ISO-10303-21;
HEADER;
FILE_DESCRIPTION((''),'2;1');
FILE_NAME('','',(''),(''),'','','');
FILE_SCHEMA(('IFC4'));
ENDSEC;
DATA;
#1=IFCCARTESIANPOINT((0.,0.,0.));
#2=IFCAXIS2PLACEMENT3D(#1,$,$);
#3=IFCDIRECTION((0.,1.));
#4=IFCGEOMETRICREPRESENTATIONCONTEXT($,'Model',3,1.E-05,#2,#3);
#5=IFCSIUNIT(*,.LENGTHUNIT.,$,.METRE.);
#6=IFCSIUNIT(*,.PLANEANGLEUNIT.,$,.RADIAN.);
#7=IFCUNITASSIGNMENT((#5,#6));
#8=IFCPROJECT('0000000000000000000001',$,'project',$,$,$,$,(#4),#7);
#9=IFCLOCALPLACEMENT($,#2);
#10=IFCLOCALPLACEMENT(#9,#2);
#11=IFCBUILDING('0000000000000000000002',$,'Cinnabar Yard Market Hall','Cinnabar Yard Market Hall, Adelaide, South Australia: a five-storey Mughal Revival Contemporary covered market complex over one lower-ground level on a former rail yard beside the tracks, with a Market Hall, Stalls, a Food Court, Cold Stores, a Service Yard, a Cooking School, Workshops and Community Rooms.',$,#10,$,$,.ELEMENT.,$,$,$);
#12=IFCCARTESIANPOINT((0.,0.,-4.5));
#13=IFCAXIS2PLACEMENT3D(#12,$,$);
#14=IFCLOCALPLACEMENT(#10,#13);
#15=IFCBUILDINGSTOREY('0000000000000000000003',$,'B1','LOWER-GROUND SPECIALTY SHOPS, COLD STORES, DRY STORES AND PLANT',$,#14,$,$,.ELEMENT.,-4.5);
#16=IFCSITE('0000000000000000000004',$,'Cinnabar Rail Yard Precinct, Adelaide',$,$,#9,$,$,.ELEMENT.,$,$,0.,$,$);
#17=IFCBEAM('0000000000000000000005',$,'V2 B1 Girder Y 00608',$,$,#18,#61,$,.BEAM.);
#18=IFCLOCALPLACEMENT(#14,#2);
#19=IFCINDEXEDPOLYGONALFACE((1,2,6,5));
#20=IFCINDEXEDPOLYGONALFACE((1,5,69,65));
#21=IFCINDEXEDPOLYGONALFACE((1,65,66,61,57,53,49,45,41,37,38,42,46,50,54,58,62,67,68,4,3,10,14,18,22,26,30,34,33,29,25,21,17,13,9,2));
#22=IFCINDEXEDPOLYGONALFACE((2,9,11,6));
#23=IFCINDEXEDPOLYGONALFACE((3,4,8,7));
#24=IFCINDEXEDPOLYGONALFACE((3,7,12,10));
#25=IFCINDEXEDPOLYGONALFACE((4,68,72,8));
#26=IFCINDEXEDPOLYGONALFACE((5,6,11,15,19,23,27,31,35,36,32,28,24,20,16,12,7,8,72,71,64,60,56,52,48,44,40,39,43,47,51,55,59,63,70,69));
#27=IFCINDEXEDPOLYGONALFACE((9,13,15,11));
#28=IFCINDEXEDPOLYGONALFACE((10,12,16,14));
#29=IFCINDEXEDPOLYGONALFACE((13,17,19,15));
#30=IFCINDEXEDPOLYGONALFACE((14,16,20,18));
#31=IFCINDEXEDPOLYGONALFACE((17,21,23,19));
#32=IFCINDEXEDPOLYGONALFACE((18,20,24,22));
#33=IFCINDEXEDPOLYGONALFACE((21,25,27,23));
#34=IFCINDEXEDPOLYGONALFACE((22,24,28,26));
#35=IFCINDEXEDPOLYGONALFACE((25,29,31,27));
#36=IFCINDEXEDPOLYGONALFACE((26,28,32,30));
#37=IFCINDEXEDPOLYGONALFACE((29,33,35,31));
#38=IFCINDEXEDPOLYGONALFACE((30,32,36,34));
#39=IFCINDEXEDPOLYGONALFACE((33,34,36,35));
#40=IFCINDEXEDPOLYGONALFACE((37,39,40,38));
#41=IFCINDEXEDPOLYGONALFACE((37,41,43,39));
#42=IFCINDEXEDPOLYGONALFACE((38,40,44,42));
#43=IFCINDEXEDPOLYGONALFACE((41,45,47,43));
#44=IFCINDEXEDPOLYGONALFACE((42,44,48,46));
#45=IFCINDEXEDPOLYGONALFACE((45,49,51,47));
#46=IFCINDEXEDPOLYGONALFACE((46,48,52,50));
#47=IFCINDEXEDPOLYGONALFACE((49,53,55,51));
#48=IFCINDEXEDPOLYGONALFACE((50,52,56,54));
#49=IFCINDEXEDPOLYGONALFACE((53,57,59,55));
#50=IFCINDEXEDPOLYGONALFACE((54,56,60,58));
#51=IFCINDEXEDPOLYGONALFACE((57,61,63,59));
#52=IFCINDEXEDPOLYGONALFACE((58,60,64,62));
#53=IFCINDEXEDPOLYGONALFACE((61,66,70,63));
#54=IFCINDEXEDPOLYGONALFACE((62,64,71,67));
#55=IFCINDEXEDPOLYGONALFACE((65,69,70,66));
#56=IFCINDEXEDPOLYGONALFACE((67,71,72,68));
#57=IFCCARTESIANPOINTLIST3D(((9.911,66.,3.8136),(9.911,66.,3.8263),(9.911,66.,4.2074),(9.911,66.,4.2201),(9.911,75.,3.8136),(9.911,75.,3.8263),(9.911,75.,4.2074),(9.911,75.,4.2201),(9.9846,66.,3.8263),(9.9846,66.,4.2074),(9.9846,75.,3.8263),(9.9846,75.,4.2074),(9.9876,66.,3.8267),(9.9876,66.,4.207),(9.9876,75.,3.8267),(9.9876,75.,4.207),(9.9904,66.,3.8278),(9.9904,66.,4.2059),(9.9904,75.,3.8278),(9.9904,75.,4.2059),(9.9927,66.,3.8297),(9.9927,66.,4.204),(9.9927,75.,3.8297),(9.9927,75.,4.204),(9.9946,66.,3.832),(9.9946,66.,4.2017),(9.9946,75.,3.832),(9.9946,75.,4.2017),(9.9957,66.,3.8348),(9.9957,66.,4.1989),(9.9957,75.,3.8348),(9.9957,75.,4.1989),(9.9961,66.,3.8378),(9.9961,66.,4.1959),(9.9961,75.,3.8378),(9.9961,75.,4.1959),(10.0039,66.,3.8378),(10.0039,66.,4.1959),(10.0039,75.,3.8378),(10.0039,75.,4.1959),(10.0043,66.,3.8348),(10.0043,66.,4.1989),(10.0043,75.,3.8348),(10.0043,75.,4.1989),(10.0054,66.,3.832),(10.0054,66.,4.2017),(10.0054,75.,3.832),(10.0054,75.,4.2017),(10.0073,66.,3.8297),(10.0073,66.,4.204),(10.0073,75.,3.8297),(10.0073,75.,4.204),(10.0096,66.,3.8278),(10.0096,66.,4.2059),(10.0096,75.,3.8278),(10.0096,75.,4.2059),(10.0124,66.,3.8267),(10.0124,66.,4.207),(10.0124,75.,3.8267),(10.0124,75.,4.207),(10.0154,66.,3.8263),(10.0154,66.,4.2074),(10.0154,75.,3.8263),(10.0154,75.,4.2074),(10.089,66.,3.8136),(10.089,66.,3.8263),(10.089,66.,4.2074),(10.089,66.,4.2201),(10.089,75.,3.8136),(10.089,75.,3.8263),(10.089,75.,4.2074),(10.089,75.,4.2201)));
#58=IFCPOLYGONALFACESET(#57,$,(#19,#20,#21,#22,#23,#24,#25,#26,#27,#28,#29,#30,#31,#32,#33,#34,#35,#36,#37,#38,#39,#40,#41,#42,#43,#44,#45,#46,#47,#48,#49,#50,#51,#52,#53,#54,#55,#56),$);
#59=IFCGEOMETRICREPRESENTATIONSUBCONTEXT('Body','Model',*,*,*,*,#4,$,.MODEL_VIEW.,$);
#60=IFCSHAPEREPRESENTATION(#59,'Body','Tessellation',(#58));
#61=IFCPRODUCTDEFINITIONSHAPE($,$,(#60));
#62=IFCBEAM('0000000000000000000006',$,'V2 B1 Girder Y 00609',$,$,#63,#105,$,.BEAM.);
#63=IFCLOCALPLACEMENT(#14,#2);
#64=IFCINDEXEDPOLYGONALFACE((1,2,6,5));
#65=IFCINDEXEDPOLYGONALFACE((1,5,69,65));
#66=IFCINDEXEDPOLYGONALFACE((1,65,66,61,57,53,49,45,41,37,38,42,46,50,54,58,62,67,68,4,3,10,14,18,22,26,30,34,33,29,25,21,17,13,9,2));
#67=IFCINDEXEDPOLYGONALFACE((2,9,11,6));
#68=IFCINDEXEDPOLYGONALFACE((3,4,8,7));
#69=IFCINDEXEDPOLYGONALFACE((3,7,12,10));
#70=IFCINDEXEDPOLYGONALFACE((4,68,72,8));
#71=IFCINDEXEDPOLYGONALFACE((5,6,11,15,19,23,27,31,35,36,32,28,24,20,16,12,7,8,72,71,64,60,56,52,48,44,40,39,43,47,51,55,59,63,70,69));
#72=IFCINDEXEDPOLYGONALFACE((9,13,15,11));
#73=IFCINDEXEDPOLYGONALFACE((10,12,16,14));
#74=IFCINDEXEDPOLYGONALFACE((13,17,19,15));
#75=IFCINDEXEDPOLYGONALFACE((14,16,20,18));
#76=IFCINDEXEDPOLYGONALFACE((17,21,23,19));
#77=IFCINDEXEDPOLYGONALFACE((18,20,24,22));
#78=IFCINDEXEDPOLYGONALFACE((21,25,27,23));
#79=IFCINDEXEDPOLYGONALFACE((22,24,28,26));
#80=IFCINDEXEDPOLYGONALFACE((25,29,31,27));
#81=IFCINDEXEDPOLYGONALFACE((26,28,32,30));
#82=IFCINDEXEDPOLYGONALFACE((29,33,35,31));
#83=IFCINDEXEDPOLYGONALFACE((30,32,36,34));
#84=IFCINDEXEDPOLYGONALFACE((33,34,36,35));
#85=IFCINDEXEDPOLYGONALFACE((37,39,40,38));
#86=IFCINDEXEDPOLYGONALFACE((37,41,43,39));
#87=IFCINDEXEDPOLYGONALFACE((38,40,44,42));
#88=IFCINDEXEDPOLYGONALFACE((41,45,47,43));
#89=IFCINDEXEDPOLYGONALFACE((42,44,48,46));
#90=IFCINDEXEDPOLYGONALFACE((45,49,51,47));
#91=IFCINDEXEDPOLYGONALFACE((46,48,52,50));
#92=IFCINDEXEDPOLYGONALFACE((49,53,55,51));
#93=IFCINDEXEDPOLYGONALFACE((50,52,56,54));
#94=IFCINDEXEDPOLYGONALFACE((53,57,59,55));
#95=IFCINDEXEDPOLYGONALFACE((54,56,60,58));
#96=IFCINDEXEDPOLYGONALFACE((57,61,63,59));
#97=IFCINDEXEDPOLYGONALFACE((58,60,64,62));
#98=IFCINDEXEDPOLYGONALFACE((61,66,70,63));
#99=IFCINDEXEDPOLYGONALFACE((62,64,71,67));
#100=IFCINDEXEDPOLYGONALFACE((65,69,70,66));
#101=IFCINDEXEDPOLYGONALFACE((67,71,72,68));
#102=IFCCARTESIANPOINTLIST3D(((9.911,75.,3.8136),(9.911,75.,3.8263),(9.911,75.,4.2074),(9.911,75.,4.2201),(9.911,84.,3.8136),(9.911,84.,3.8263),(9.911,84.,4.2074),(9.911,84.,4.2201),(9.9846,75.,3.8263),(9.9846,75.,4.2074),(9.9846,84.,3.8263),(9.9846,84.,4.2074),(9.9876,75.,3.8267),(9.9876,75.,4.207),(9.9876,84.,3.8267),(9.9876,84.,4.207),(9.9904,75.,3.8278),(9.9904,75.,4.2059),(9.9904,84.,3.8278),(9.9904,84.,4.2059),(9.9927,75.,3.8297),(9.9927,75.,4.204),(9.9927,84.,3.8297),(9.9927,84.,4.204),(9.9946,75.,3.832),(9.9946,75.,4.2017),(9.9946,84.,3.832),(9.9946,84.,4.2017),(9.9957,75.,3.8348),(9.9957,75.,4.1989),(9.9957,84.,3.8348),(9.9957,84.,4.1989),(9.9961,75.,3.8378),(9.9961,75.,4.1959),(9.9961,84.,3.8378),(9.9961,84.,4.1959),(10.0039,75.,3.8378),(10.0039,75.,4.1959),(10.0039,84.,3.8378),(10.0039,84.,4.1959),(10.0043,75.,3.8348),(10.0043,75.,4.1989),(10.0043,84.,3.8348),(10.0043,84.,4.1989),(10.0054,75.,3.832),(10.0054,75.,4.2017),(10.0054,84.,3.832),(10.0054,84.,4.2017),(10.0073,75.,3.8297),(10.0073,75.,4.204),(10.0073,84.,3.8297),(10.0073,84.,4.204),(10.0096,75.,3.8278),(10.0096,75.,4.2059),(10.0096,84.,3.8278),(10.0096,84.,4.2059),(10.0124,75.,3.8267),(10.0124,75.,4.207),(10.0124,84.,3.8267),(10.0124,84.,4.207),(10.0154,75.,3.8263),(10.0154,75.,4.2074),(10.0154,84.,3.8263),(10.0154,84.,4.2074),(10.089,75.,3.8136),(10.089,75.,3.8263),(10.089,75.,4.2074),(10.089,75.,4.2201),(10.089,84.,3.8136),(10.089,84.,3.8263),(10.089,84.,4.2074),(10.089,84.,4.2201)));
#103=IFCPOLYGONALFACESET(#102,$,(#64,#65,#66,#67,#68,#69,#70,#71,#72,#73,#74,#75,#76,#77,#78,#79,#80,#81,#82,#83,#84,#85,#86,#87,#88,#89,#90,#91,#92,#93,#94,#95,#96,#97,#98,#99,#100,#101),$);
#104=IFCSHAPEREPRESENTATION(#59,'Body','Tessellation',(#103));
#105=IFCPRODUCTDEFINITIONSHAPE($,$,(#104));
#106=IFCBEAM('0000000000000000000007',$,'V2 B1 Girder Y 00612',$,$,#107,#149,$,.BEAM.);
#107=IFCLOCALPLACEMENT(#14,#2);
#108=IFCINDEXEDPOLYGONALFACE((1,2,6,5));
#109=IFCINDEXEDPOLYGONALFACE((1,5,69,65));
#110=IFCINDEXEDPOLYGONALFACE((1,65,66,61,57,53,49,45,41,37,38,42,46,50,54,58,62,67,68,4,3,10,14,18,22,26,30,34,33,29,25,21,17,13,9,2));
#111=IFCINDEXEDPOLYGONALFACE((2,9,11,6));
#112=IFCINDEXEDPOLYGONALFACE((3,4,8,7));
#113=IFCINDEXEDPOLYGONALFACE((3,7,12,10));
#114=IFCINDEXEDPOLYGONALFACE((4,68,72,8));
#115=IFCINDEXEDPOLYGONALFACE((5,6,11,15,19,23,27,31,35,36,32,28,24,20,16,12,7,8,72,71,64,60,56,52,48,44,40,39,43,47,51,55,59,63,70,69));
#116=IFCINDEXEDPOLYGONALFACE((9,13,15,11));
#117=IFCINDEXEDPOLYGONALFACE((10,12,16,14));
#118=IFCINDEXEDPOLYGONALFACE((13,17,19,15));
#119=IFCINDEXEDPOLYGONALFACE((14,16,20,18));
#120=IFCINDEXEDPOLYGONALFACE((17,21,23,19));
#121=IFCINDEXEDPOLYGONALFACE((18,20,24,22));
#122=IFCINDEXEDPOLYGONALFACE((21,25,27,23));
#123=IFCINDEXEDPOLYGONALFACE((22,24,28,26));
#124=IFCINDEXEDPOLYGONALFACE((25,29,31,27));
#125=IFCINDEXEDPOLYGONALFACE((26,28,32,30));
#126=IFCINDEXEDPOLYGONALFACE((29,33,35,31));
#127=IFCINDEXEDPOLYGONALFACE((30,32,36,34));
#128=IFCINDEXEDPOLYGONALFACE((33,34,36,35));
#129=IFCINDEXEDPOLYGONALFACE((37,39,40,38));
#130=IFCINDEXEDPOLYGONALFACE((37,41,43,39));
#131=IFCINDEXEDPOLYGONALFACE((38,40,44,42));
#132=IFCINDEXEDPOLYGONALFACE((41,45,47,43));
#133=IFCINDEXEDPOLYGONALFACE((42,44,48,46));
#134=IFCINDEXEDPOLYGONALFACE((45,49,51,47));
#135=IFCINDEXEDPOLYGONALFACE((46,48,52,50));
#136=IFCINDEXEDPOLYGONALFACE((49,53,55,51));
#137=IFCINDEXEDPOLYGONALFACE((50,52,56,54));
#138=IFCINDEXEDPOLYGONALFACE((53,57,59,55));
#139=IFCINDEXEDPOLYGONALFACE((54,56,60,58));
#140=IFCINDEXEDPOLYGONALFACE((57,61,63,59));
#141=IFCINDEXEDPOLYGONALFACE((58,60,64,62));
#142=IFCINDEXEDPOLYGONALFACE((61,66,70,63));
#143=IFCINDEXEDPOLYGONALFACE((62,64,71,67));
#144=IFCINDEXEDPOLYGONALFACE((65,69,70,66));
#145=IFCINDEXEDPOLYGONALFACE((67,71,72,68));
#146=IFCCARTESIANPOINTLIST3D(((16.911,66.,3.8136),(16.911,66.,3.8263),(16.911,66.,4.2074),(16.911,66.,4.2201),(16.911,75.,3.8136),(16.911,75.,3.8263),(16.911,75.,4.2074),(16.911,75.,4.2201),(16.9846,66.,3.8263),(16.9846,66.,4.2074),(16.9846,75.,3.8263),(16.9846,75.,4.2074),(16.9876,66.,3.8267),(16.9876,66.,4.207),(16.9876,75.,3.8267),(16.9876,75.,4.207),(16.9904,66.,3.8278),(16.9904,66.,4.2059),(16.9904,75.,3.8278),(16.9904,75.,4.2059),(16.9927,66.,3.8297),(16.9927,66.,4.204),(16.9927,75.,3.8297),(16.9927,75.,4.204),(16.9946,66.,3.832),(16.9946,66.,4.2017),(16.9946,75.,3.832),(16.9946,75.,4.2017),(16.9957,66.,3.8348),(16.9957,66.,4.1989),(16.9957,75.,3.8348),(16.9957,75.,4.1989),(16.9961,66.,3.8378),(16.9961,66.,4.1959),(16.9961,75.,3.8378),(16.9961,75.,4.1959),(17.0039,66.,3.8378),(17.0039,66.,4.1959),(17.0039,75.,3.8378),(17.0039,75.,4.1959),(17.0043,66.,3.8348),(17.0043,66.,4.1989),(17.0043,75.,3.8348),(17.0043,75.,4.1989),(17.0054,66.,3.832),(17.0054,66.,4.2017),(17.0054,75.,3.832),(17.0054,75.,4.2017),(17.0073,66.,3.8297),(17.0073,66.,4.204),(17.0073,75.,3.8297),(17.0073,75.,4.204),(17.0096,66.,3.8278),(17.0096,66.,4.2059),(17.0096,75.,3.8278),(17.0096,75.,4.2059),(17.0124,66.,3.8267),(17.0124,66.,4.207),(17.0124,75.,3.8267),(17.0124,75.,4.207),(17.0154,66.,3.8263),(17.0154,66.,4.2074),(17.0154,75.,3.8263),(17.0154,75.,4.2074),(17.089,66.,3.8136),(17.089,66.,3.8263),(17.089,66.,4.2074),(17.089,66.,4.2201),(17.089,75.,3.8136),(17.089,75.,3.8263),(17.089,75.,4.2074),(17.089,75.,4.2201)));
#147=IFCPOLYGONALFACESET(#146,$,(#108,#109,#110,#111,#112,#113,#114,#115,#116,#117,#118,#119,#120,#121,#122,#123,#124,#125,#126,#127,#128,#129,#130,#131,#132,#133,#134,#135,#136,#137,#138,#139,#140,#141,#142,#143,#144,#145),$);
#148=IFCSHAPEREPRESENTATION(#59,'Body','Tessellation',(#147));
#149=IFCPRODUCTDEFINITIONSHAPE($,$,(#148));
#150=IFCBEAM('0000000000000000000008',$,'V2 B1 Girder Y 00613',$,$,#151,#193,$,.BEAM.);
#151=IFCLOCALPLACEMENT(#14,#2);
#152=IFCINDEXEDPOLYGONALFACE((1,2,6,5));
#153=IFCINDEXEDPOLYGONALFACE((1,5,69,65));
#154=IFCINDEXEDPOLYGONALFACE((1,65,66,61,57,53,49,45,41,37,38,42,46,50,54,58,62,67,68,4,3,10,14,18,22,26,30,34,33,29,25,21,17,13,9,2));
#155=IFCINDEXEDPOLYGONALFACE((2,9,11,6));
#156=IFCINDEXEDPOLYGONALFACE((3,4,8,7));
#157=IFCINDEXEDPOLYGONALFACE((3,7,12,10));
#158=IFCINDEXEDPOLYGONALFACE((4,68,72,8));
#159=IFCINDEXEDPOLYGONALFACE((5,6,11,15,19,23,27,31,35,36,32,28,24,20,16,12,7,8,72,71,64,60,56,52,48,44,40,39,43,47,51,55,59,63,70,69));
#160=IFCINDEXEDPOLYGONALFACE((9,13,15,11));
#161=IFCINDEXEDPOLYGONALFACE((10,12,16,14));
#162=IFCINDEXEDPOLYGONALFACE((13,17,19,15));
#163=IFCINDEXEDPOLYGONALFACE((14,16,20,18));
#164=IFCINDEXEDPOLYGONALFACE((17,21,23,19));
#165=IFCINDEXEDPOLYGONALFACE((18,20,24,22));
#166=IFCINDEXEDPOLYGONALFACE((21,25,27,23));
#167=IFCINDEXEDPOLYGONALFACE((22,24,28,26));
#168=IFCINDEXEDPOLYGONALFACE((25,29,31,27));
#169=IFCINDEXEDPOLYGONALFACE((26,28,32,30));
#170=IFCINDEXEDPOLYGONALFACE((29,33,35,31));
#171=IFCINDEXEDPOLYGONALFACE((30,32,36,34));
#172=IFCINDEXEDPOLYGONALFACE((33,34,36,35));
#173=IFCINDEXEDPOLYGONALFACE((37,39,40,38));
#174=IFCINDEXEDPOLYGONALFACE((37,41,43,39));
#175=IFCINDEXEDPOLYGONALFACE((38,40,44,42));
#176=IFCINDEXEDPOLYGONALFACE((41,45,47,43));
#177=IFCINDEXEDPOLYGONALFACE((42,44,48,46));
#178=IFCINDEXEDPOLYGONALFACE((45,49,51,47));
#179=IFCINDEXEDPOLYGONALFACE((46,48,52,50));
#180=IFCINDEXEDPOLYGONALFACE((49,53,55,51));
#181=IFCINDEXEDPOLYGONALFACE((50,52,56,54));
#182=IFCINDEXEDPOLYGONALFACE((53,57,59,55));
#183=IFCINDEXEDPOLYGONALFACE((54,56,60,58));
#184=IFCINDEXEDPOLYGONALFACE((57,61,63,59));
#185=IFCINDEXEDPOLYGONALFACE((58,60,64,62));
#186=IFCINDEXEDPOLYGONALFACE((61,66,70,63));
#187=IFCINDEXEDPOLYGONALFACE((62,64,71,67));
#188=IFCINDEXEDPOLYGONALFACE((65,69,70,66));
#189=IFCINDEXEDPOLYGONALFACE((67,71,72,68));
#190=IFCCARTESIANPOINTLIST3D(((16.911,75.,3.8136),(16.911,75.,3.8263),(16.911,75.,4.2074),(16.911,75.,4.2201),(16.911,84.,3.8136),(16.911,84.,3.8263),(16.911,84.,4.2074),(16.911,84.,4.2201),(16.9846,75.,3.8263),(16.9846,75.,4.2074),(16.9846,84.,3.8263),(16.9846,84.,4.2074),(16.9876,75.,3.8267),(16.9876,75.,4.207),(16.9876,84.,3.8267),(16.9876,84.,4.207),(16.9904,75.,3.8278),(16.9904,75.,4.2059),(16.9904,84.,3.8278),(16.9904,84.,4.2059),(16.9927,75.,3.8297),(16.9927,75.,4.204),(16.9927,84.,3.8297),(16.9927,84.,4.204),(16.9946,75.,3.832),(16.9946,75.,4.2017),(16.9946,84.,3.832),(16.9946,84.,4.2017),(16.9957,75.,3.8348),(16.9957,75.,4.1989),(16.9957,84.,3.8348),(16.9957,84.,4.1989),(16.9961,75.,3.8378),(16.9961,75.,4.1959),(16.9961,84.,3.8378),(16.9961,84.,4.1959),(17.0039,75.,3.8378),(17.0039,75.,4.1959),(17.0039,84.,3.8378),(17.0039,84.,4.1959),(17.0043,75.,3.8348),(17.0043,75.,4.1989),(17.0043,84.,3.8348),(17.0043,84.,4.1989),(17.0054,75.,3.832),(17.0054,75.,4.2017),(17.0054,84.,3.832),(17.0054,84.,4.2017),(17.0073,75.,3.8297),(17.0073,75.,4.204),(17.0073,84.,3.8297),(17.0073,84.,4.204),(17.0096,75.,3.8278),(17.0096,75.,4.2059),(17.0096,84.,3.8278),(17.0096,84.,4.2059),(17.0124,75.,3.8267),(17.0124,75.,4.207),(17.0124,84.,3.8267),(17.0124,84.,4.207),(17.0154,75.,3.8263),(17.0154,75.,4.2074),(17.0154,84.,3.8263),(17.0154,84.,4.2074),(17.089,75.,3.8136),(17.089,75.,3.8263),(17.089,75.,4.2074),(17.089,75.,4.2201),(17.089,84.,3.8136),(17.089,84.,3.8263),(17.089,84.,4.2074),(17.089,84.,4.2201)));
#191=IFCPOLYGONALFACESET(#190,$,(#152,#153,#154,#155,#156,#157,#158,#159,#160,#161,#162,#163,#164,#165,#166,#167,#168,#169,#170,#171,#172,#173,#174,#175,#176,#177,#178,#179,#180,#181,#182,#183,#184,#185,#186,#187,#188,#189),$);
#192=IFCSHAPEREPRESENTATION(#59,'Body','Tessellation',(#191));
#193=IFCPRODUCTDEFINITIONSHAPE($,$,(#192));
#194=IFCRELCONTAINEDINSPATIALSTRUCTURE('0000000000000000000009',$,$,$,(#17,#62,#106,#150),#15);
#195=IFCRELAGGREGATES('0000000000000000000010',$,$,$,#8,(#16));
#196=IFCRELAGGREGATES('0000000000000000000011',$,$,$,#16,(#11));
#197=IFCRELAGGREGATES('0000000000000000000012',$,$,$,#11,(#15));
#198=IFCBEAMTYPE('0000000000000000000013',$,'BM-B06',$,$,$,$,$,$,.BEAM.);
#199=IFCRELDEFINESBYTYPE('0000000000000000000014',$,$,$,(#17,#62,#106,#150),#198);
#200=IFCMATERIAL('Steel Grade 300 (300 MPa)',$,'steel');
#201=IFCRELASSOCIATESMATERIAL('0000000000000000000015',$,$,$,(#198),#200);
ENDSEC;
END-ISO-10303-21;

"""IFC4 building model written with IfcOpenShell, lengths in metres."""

from ifc_helpers import new_model, si_unit, direction, frame, origin, origin_2d_with_axis, place, context, subcontext, project, spatial, i_section, extrude, material, material_profile, profile_set, type_object, element, save


model = new_model("IFC4")

# Units and contexts
model_context = context("Model", 3, precision=1e-05, world=origin(), true_north=direction((0.0, 1.0)))
body_context = subcontext(model_context, "Body", "Model", "MODEL_VIEW")
ifc_project = project(units=[si_unit("LENGTHUNIT", "METRE"), si_unit("PLANEANGLEUNIT", "RADIAN")], contexts=[model_context])

# Site, building, storey
site_placement = place(None, origin())
site = spatial("IfcSite", under=ifc_project, at=site_placement, Name="Cinnabar Rail Yard Precinct, Adelaide", CompositionType="ELEMENT", RefElevation=0.0)
building_placement = place(site_placement, origin())
building = spatial("IfcBuilding", under=site, at=building_placement, Name="Cinnabar Yard Market Hall", Description="Cinnabar Yard Market Hall, Adelaide, South Australia: a five-storey Mughal Revival Contemporary covered market complex over one lower-ground level on a former rail yard beside the tracks, with a Market Hall, Stalls, a Food Court, Cold Stores, a Service Yard, a Cooking School, Workshops and Community Rooms.", CompositionType="ELEMENT")
storey_placement = place(building_placement, frame((0.0, 0.0, -4.5)))
storey = spatial("IfcBuildingStorey", under=building, at=storey_placement, Name="B1", Description="LOWER-GROUND SPECIALTY SHOPS, COLD STORES, DRY STORES AND PLANT", CompositionType="ELEMENT", Elevation=-4.5)

# Shared definitions
ifc_material_1 = material(Name="Steel Grade 300 (300 MPa)", Category="steel")

# Beams
ifc_material_profile_1 = material_profile(ifc_material_1, i_section(OverallWidth=0.178, OverallDepth=0.4065, WebThickness=0.0078, FlangeThickness=0.0127, FilletRadius=0.0115, at=origin_2d_with_axis()), Name="410UB59.7")
ifc_profile_set_1 = profile_set([ifc_material_profile_1], Name="Steel Grade 300 (300 MPa)")
beam_type_1 = type_object("IfcBeamType", Name="BM-B06", PredefinedType="BEAM", material=ifc_profile_set_1)
for number, where, z_axis, x_axis, name in (
    (1, (10.0, 66.0, 4.0168), (0.0, 1.0, 0.0), (-1.0, 0.0, 0.0), "V2 B1 Girder Y 00608"),
    (2, (10.0, 75.0, 4.0168), (0.0, 1.0, 0.0), (-1.0, 0.0, 0.0), "V2 B1 Girder Y 00609"),
    (3, (17.0, 66.0, 4.0168), (0.0, 1.0, 0.0), (-1.0, 0.0, 0.0), "V2 B1 Girder Y 00612"),
    (4, (17.0, 75.0, 4.0168), (0.0, 1.0, 0.0), (-1.0, 0.0, 0.0), "V2 B1 Girder Y 00613"),
):
    element("IfcBeam", number, at=place(storey_placement, frame(where, z_axis=z_axis, x_axis=x_axis)), inside=storey, type_object=beam_type_1, Name=name, PredefinedType="BEAM", context=body_context, shape_type="SweptSolid", body=[
        extrude(i_section(OverallWidth=0.178, OverallDepth=0.4065, WebThickness=0.0078, FlangeThickness=0.0127, FilletRadius=0.0115, at=origin_2d_with_axis()), origin(), (0.0, 0.0, 1.0), 9.0),
    ])

save(model, "model.ifc")
